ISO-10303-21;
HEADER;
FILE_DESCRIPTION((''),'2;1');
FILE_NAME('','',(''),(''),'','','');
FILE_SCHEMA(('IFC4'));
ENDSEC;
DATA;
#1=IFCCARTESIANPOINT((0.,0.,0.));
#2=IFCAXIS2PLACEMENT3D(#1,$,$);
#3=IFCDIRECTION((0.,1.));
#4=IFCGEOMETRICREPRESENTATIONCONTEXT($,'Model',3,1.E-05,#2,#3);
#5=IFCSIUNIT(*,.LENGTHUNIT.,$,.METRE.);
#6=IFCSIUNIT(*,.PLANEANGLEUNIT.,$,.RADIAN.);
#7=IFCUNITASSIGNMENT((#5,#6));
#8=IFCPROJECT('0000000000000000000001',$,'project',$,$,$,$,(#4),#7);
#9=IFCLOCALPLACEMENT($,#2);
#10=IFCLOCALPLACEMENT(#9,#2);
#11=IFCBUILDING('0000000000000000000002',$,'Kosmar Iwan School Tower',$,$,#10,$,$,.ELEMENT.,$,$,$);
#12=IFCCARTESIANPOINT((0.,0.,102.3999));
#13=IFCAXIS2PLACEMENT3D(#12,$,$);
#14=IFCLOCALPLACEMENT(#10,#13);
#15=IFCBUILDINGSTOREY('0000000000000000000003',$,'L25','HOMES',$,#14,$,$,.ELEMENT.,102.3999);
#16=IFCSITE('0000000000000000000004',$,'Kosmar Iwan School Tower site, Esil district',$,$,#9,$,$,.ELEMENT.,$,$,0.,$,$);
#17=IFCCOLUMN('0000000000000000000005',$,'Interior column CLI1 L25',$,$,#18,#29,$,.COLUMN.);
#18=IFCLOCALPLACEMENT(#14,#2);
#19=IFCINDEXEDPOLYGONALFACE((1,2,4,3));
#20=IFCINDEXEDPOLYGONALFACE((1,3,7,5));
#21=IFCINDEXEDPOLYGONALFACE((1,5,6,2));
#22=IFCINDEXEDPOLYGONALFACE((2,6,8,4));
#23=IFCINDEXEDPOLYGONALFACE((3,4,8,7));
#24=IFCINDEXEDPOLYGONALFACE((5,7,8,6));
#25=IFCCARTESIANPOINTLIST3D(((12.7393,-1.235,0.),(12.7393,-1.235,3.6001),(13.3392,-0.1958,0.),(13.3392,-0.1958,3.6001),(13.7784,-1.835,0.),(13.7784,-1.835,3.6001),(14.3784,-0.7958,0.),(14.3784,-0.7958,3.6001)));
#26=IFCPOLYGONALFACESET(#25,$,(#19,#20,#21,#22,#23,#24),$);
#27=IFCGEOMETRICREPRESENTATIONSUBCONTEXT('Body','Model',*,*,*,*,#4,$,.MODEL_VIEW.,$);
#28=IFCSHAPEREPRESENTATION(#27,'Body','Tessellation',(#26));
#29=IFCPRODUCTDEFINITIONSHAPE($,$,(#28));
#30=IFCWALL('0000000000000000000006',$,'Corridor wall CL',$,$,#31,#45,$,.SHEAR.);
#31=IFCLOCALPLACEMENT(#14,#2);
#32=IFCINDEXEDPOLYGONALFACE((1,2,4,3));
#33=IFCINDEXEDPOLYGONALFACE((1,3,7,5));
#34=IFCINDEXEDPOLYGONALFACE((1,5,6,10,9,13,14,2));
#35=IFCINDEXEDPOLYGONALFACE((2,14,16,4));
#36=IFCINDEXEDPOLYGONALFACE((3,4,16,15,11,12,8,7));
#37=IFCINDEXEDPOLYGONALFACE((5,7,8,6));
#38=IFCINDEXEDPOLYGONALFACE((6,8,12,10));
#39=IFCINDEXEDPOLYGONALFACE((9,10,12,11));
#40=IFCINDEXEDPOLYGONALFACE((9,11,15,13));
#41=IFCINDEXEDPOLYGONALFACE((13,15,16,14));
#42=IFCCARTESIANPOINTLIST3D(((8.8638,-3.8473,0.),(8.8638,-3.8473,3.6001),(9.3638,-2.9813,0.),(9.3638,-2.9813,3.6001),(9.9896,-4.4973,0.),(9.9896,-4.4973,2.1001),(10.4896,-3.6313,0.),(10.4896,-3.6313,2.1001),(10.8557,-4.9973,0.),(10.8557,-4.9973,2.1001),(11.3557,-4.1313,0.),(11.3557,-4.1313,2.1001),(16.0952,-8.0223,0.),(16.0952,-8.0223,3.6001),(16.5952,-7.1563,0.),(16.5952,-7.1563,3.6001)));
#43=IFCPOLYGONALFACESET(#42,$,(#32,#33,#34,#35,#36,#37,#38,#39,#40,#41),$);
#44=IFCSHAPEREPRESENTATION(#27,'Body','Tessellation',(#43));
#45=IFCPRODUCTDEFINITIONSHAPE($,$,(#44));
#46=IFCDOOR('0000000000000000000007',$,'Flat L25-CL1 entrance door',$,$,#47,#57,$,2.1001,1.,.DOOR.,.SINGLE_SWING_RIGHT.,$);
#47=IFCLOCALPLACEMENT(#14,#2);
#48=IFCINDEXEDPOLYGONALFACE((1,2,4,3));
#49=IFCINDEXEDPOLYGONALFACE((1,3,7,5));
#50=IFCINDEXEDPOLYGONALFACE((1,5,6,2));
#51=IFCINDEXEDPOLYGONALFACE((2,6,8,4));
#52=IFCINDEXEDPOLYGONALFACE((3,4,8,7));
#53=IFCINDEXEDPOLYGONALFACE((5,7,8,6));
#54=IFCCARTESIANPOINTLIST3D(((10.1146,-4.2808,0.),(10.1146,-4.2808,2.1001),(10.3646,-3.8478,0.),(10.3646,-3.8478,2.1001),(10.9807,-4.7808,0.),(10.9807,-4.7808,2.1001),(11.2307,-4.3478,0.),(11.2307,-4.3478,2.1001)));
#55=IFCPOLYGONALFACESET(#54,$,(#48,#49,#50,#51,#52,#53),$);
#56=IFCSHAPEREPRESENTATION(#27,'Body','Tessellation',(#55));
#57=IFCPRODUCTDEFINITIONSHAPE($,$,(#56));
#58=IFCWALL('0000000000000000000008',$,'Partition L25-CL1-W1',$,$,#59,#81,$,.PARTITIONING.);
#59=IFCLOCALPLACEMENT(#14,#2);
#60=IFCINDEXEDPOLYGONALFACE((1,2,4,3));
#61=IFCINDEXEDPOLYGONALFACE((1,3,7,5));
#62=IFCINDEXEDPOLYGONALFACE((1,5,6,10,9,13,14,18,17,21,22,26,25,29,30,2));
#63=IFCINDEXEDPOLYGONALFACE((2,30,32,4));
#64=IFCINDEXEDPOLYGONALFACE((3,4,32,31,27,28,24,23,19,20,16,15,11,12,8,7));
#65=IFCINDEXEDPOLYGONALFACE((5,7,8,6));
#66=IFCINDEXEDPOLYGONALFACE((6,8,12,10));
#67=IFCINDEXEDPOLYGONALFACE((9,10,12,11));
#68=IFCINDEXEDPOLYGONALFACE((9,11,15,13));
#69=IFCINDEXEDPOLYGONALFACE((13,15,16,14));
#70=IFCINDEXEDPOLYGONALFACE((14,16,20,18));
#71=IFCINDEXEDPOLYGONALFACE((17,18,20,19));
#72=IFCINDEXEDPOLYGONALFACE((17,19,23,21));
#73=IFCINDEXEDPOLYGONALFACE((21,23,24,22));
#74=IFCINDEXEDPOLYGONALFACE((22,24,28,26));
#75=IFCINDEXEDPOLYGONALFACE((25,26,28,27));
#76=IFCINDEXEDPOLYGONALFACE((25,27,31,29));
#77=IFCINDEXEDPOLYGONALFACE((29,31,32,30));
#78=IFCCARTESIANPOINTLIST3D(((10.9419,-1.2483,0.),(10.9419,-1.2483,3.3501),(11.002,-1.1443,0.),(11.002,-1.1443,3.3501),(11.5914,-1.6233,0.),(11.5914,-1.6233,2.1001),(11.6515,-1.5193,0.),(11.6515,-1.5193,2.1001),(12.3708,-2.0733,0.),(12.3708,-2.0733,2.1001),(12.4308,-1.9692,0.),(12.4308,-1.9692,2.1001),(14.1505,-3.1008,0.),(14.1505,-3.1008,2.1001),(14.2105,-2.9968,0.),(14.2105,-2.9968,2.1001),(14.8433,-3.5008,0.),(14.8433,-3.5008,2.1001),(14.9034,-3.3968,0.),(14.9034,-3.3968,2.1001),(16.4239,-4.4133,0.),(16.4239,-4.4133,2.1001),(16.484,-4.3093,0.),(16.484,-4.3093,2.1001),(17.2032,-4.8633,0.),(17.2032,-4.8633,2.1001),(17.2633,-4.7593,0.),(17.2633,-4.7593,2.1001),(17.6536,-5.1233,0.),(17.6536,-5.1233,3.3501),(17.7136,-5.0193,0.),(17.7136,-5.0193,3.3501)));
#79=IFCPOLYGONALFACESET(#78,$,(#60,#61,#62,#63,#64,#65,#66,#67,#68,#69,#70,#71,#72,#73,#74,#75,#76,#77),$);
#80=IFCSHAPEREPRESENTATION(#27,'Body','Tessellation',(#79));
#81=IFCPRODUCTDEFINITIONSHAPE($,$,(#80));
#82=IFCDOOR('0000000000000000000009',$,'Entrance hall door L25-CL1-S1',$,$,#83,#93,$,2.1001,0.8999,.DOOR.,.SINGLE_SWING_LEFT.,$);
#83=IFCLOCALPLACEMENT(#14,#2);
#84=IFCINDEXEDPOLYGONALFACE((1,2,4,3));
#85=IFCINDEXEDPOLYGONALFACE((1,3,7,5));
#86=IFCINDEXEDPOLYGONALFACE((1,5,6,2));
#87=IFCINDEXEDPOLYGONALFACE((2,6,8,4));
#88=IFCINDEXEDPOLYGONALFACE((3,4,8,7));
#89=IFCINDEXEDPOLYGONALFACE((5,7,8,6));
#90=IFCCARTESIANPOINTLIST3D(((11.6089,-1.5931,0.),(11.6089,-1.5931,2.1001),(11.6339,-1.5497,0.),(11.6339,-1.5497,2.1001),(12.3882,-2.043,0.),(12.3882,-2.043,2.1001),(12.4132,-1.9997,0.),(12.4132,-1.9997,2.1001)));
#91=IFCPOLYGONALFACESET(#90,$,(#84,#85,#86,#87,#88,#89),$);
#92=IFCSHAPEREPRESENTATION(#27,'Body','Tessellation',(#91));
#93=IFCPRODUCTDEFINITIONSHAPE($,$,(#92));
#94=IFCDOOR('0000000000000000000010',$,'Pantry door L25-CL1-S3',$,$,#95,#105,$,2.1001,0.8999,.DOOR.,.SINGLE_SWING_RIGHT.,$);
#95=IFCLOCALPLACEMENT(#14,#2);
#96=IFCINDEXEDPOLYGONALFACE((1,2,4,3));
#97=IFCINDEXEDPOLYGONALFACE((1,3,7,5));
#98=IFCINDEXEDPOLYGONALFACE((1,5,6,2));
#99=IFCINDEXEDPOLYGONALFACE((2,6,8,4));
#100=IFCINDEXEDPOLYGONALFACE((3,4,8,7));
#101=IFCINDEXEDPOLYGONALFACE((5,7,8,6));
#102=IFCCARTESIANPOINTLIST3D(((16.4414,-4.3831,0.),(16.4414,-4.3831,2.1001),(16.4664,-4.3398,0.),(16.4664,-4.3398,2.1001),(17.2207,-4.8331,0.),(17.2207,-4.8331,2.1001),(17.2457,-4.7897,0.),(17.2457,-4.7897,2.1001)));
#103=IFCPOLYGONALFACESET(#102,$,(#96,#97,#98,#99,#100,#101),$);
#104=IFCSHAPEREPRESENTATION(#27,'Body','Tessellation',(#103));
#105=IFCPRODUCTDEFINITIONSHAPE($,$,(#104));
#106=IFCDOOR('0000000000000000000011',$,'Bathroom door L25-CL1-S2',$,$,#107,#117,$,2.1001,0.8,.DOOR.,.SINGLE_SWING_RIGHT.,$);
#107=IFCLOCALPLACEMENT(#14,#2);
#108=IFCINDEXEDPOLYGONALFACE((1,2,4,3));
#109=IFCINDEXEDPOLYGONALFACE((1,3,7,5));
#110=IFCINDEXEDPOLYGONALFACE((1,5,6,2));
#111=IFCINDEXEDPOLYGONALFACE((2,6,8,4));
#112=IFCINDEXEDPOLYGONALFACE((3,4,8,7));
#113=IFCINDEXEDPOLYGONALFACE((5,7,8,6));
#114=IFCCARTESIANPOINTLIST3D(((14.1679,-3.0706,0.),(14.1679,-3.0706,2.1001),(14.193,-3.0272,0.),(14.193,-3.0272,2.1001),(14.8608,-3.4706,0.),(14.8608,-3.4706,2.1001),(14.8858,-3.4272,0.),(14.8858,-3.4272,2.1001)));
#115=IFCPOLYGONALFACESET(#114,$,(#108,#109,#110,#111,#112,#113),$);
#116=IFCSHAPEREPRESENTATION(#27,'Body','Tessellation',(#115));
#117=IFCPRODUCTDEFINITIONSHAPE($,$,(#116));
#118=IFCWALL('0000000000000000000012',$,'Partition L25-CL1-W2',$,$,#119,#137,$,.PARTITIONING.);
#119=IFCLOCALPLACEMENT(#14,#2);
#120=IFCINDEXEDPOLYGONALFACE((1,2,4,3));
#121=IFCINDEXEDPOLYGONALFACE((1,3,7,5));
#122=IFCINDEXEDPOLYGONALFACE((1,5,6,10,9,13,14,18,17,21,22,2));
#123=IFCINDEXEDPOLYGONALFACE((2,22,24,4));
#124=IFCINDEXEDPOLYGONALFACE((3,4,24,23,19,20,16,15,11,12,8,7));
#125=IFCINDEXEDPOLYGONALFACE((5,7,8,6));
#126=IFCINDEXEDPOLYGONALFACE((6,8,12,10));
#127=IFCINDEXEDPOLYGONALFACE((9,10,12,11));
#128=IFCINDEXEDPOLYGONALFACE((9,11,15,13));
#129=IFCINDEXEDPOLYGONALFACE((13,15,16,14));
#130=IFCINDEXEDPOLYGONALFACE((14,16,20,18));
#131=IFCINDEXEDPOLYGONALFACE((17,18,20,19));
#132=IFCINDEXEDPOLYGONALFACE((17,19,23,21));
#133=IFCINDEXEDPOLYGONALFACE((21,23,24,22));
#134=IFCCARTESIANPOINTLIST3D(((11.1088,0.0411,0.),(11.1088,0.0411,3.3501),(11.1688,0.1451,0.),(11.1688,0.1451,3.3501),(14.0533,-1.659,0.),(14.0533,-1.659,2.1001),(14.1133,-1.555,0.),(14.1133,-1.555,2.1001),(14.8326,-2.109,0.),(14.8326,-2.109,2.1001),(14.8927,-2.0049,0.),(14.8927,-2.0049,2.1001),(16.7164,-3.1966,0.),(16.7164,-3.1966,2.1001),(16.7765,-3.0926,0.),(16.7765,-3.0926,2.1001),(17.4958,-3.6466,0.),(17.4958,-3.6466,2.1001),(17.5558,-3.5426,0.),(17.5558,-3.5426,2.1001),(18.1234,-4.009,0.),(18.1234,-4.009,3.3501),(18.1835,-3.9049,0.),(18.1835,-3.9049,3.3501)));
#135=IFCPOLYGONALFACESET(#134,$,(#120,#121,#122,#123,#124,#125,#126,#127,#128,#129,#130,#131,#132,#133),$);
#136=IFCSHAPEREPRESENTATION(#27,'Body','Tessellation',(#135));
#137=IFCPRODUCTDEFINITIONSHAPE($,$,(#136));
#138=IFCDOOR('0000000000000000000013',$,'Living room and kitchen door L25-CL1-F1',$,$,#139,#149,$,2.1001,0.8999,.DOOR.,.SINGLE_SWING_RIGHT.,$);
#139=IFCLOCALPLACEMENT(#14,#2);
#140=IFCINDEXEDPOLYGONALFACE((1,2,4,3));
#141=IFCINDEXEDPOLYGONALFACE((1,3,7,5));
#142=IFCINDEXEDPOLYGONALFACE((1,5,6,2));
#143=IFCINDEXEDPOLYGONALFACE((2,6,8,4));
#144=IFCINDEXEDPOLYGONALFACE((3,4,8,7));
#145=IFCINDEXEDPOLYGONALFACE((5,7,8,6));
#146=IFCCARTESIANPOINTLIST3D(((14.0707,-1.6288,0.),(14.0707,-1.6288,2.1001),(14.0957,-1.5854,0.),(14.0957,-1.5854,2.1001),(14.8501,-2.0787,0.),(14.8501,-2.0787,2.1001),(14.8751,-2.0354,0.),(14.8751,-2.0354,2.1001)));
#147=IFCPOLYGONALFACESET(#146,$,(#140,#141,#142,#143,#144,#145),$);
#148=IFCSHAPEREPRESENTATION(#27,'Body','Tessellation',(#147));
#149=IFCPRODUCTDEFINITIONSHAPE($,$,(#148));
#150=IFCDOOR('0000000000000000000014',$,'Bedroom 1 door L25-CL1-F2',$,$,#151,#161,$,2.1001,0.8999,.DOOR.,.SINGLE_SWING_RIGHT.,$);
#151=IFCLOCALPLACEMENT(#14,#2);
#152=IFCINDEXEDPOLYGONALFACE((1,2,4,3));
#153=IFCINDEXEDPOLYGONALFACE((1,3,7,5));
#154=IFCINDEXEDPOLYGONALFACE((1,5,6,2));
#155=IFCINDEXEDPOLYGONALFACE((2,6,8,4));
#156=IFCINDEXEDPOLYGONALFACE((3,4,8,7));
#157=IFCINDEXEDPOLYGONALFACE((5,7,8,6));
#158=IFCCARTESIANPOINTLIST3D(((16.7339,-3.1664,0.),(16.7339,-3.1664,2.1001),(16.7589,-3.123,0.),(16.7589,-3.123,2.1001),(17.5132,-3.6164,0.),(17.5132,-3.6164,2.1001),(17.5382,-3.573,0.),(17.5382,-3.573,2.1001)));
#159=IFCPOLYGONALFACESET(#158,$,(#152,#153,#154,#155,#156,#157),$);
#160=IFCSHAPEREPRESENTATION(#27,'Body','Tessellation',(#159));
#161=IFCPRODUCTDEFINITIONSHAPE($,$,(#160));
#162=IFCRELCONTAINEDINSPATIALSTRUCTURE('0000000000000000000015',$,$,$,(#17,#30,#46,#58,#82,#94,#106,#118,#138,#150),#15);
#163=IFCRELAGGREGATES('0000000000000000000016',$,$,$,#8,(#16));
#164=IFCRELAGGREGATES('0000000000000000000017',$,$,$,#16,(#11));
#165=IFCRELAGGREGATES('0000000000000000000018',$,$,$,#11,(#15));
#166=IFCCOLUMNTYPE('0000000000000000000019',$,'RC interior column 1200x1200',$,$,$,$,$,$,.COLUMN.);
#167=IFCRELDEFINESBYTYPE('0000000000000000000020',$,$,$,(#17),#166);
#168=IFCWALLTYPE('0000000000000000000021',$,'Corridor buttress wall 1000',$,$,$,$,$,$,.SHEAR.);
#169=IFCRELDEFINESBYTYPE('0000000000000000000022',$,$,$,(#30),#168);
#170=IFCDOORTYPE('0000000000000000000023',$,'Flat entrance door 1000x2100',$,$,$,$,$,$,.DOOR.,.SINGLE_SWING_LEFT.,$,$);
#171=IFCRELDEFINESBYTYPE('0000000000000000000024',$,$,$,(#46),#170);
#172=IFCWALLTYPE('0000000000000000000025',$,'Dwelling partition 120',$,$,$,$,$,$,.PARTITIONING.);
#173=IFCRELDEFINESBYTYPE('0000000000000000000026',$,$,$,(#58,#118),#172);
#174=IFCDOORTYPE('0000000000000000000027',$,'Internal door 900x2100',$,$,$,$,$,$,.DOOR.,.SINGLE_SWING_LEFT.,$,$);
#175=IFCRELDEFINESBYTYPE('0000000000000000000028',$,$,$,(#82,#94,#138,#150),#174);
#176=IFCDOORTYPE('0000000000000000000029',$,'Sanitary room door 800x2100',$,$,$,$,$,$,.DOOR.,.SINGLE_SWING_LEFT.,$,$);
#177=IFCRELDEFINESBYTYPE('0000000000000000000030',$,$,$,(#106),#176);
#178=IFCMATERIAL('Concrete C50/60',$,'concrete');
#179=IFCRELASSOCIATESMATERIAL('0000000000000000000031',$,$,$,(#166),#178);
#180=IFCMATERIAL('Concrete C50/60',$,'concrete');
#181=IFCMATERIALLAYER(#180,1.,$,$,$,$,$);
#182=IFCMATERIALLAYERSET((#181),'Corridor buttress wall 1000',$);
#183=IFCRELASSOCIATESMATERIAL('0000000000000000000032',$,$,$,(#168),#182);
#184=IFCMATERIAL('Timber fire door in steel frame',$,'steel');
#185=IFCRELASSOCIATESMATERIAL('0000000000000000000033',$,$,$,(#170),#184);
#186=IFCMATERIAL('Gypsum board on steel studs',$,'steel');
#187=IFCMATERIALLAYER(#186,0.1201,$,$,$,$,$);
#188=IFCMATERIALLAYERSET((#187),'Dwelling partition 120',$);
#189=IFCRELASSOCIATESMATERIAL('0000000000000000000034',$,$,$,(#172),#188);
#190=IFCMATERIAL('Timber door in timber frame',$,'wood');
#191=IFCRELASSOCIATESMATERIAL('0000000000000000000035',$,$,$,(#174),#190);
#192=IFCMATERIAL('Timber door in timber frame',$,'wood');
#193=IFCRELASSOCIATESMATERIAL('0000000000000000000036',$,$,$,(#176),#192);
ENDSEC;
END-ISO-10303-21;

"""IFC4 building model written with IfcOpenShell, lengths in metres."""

from ifc_helpers import new_model, si_unit, direction, frame, frame_2d, origin, origin_2d, place, context, subcontext, project, spatial, rectangle, extrude, material, layer, layer_set, material_profile, profile_set, type_object, element, fill, save


model = new_model("IFC4")

# Units and contexts
model_context = context("Model", 3, precision=1e-05, world=origin(), true_north=direction((0.0, 1.0)))
body_context = subcontext(model_context, "Body", "Model", "MODEL_VIEW")
ifc_project = project(units=[si_unit("LENGTHUNIT", "METRE"), si_unit("PLANEANGLEUNIT", "RADIAN")], contexts=[model_context])

# Site, building, storey
site_placement = place(None, origin())
site = spatial("IfcSite", under=ifc_project, at=site_placement, Name="Kosmar Iwan School Tower site, Esil district", CompositionType="ELEMENT", RefElevation=0.0)
building_placement = place(site_placement, origin())
building = spatial("IfcBuilding", under=site, at=building_placement, Name="Kosmar Iwan School Tower", CompositionType="ELEMENT")
storey_placement = place(building_placement, frame((0.0, 0.0, 102.3999)))
storey = spatial("IfcBuildingStorey", under=building, at=storey_placement, Name="L25", Description="HOMES", CompositionType="ELEMENT", Elevation=102.3999)

# Column
ifc_material_1 = material(Name="Concrete C50/60", Category="concrete")
ifc_material_profile = material_profile(ifc_material_1, rectangle(XDim=1.2, YDim=1.2, at=origin_2d()), Name="RC 1200x1200")
ifc_profile_set = profile_set([ifc_material_profile], Name="Concrete C50/60")
column_type = type_object("IfcColumnType", Name="RC interior column 1200x1200", PredefinedType="COLUMN", material=ifc_profile_set)
column_placement = place(storey_placement, frame((13.5588, -1.0154, 0.0), z_axis=(0.0, 0.0, 1.0), x_axis=(0.866025, -0.5, 0.0)))
element("IfcColumn", 1, at=column_placement, inside=storey, type_object=column_type, Name="Interior column CLI1 L25", PredefinedType="COLUMN", context=body_context, shape_type="SweptSolid", body=[
    extrude(rectangle(XDim=1.2, YDim=1.2, at=origin_2d()), origin(), (0.0, 0.0, 1.0), 3.6001),
])

# Wall, opening, door
ifc_material_2 = material(Name="Concrete C50/60", Category="concrete")
ifc_layer_1 = layer(ifc_material_2, 1.0)
ifc_layer_set_1 = layer_set([ifc_layer_1], Name="Corridor buttress wall 1000")
wall_type_1 = type_object("IfcWallType", Name="Corridor buttress wall 1000", PredefinedType="SHEAR", material=ifc_layer_set_1)
wall_1_placement = place(storey_placement, frame((9.1138, -3.4143, 0.0), z_axis=(0.0, 0.0, 1.0), x_axis=(0.866027, -0.499997, 0.0)))
wall_1 = element("IfcWall", 2, at=wall_1_placement, inside=storey, type_object=wall_type_1, Name="Corridor wall CL", PredefinedType="SHEAR", context=body_context, shape_type="SweptSolid", body=[
    extrude(rectangle(XDim=8.3501, YDim=1.0, at=frame_2d((4.175, 0.0))), origin(), (0.0, 0.0, 1.0), 3.6001),
])
opening_1_placement = place(wall_1_placement, frame((1.3, 0.0, 0.0)))
opening_1 = element("IfcOpeningElement", 3, at=opening_1_placement, cuts=wall_1, PredefinedType="OPENING", context=body_context, shape_type="SweptSolid", body=[
    extrude(rectangle(XDim=1.0, YDim=2.1001, at=frame_2d((0.5, 1.05))), frame((0.0, 0.512, 0.0), z_axis=(0.0, -1.0, 0.0), x_axis=(1.0, 0.0, 0.0)), (0.0, 0.0, 1.0), 1.0239),
])
ifc_material_3 = material(Name="Timber fire door in steel frame", Category="steel")
door_type_1 = type_object("IfcDoorType", Name="Flat entrance door 1000x2100", OperationType="SINGLE_SWING_LEFT", PredefinedType="DOOR", material=ifc_material_3)
door_1_placement = place(opening_1_placement, origin())
door_1 = element("IfcDoor", 4, at=door_1_placement, inside=storey, type_object=door_type_1, Name="Flat L25-CL1 entrance door", OperationType="SINGLE_SWING_RIGHT", OverallHeight=2.1001, OverallWidth=1.0, PredefinedType="DOOR", context=body_context, shape_type="SweptSolid", body=[
    extrude(rectangle(XDim=1.0, YDim=2.1001, at=frame_2d((0.5, 1.05))), frame((0.0, 0.25, 0.0), z_axis=(0.0, -1.0, 0.0), x_axis=(1.0, 0.0, 0.0)), (0.0, 0.0, 1.0), 0.5),
])
fill(opening_1, door_1)

# Walls, openings, doors
ifc_material_4 = material(Name="Gypsum board on steel studs", Category="steel")
ifc_layer_2 = layer(ifc_material_4, 0.1201)
ifc_layer_set_2 = layer_set([ifc_layer_2], Name="Dwelling partition 120")
wall_type_2 = type_object("IfcWallType", Name="Dwelling partition 120", PredefinedType="PARTITIONING", material=ifc_layer_set_2)
wall_2_placement = place(storey_placement, frame((10.9719, -1.1963, 0.0), z_axis=(0.0, 0.0, 1.0), x_axis=(0.866025, -0.500002, 0.0)))
wall_2 = element("IfcWall", 5, at=wall_2_placement, inside=storey, type_object=wall_type_2, Name="Partition L25-CL1-W1", PredefinedType="PARTITIONING", context=body_context, shape_type="SweptSolid", body=[
    extrude(rectangle(XDim=7.75, YDim=0.1201, at=frame_2d((3.875, 0.0))), origin(), (0.0, 0.0, 1.0), 3.3501),
])
opening_2_placement = place(wall_2_placement, frame((0.75, 0.0, 0.0)))
opening_2 = element("IfcOpeningElement", 6, at=opening_2_placement, cuts=wall_2, PredefinedType="OPENING", context=body_context, shape_type="SweptSolid", body=[
    extrude(rectangle(XDim=0.8999, YDim=2.1001, at=frame_2d((0.45, 1.05))), frame((0.0, 0.072, 0.0), z_axis=(0.0, -1.0, 0.0), x_axis=(1.0, 0.0, 0.0)), (0.0, 0.0, 1.0), 0.144),
])
opening_3_placement = place(wall_2_placement, frame((3.7051, 0.0, 0.0)))
opening_3 = element("IfcOpeningElement", 7, at=opening_3_placement, cuts=wall_2, PredefinedType="OPENING", context=body_context, shape_type="SweptSolid", body=[
    extrude(rectangle(XDim=0.8, YDim=2.1001, at=frame_2d((0.3999, 1.05))), frame((0.0, 0.072, 0.0), z_axis=(0.0, -1.0, 0.0), x_axis=(1.0, 0.0, 0.0)), (0.0, 0.0, 1.0), 0.144),
])
opening_4_placement = place(wall_2_placement, frame((6.3301, 0.0, 0.0)))
opening_4 = element("IfcOpeningElement", 8, at=opening_4_placement, cuts=wall_2, PredefinedType="OPENING", context=body_context, shape_type="SweptSolid", body=[
    extrude(rectangle(XDim=0.8999, YDim=2.1001, at=frame_2d((0.45, 1.05))), frame((0.0, 0.072, 0.0), z_axis=(0.0, -1.0, 0.0), x_axis=(1.0, 0.0, 0.0)), (0.0, 0.0, 1.0), 0.144),
])
ifc_material_5 = material(Name="Timber door in timber frame", Category="wood")
door_type_2 = type_object("IfcDoorType", Name="Internal door 900x2100", OperationType="SINGLE_SWING_LEFT", PredefinedType="DOOR", material=ifc_material_5)
door_2_placement = place(opening_2_placement, origin())
door_2 = element("IfcDoor", 9, at=door_2_placement, inside=storey, type_object=door_type_2, Name="Entrance hall door L25-CL1-S1", OperationType="SINGLE_SWING_LEFT", OverallHeight=2.1001, OverallWidth=0.8999, PredefinedType="DOOR", context=body_context, shape_type="SweptSolid", body=[
    extrude(rectangle(XDim=0.8999, YDim=2.1001, at=frame_2d((0.45, 1.05))), frame((0.0, 0.0249, 0.0), z_axis=(0.0, -1.0, 0.0), x_axis=(1.0, 0.0, 0.0)), (0.0, 0.0, 1.0), 0.05),
])
fill(opening_2, door_2)
door_3_placement = place(opening_4_placement, origin())
door_3 = element("IfcDoor", 10, at=door_3_placement, inside=storey, type_object=door_type_2, Name="Pantry door L25-CL1-S3", OperationType="SINGLE_SWING_RIGHT", OverallHeight=2.1001, OverallWidth=0.8999, PredefinedType="DOOR", context=body_context, shape_type="SweptSolid", body=[
    extrude(rectangle(XDim=0.8999, YDim=2.1001, at=frame_2d((0.45, 1.05))), frame((0.0, 0.0249, 0.0), z_axis=(0.0, -1.0, 0.0), x_axis=(1.0, 0.0, 0.0)), (0.0, 0.0, 1.0), 0.05),
])
fill(opening_4, door_3)
ifc_material_6 = material(Name="Timber door in timber frame", Category="wood")
door_type_3 = type_object("IfcDoorType", Name="Sanitary room door 800x2100", OperationType="SINGLE_SWING_LEFT", PredefinedType="DOOR", material=ifc_material_6)
door_4_placement = place(opening_3_placement, origin())
door_4 = element("IfcDoor", 11, at=door_4_placement, inside=storey, type_object=door_type_3, Name="Bathroom door L25-CL1-S2", OperationType="SINGLE_SWING_RIGHT", OverallHeight=2.1001, OverallWidth=0.8, PredefinedType="DOOR", context=body_context, shape_type="SweptSolid", body=[
    extrude(rectangle(XDim=0.8, YDim=2.1001, at=frame_2d((0.3999, 1.05))), frame((0.0, 0.0249, 0.0), z_axis=(0.0, -1.0, 0.0), x_axis=(1.0, 0.0, 0.0)), (0.0, 0.0, 1.0), 0.05),
])
fill(opening_3, door_4)
wall_3_placement = place(storey_placement, frame((11.1389, 0.093, 0.0), z_axis=(0.0, 0.0, 1.0), x_axis=(0.866018, -0.500013, 0.0)))
wall_3 = element("IfcWall", 12, at=wall_3_placement, inside=storey, type_object=wall_type_2, Name="Partition L25-CL1-W2", PredefinedType="PARTITIONING", context=body_context, shape_type="SweptSolid", body=[
    extrude(rectangle(XDim=8.0999, YDim=0.1201, at=frame_2d((4.0498, 0.0))), origin(), (0.0, 0.0, 1.0), 3.3501),
])
opening_5_placement = place(wall_3_placement, frame((3.3999, 0.0, 0.0)))
opening_5 = element("IfcOpeningElement", 13, at=opening_5_placement, cuts=wall_3, PredefinedType="OPENING", context=body_context, shape_type="SweptSolid", body=[
    extrude(rectangle(XDim=0.8999, YDim=2.1001, at=frame_2d((0.45, 1.05))), frame((0.0, 0.072, 0.0), z_axis=(0.0, -1.0, 0.0), x_axis=(1.0, 0.0, 0.0)), (0.0, 0.0, 1.0), 0.144),
])
opening_6_placement = place(wall_3_placement, frame((6.4751, 0.0, 0.0)))
opening_6 = element("IfcOpeningElement", 14, at=opening_6_placement, cuts=wall_3, PredefinedType="OPENING", context=body_context, shape_type="SweptSolid", body=[
    extrude(rectangle(XDim=0.8999, YDim=2.1001, at=frame_2d((0.45, 1.05))), frame((0.0, 0.072, 0.0), z_axis=(0.0, -1.0, 0.0), x_axis=(1.0, 0.0, 0.0)), (0.0, 0.0, 1.0), 0.144),
])
door_5_placement = place(opening_5_placement, origin())
door_5 = element("IfcDoor", 15, at=door_5_placement, inside=storey, type_object=door_type_2, Name="Living room and kitchen door L25-CL1-F1", OperationType="SINGLE_SWING_RIGHT", OverallHeight=2.1001, OverallWidth=0.8999, PredefinedType="DOOR", context=body_context, shape_type="SweptSolid", body=[
    extrude(rectangle(XDim=0.8999, YDim=2.1001, at=frame_2d((0.45, 1.05))), frame((0.0, 0.0249, 0.0), z_axis=(0.0, -1.0, 0.0), x_axis=(1.0, 0.0, 0.0)), (0.0, 0.0, 1.0), 0.05),
])
fill(opening_5, door_5)
door_6_placement = place(opening_6_placement, origin())
door_6 = element("IfcDoor", 16, at=door_6_placement, inside=storey, type_object=door_type_2, Name="Bedroom 1 door L25-CL1-F2", OperationType="SINGLE_SWING_RIGHT", OverallHeight=2.1001, OverallWidth=0.8999, PredefinedType="DOOR", context=body_context, shape_type="SweptSolid", body=[
    extrude(rectangle(XDim=0.8999, YDim=2.1001, at=frame_2d((0.45, 1.05))), frame((0.0, 0.0249, 0.0), z_axis=(0.0, -1.0, 0.0), x_axis=(1.0, 0.0, 0.0)), (0.0, 0.0, 1.0), 0.05),
])
fill(opening_6, door_6)

save(model, "model.ifc")
